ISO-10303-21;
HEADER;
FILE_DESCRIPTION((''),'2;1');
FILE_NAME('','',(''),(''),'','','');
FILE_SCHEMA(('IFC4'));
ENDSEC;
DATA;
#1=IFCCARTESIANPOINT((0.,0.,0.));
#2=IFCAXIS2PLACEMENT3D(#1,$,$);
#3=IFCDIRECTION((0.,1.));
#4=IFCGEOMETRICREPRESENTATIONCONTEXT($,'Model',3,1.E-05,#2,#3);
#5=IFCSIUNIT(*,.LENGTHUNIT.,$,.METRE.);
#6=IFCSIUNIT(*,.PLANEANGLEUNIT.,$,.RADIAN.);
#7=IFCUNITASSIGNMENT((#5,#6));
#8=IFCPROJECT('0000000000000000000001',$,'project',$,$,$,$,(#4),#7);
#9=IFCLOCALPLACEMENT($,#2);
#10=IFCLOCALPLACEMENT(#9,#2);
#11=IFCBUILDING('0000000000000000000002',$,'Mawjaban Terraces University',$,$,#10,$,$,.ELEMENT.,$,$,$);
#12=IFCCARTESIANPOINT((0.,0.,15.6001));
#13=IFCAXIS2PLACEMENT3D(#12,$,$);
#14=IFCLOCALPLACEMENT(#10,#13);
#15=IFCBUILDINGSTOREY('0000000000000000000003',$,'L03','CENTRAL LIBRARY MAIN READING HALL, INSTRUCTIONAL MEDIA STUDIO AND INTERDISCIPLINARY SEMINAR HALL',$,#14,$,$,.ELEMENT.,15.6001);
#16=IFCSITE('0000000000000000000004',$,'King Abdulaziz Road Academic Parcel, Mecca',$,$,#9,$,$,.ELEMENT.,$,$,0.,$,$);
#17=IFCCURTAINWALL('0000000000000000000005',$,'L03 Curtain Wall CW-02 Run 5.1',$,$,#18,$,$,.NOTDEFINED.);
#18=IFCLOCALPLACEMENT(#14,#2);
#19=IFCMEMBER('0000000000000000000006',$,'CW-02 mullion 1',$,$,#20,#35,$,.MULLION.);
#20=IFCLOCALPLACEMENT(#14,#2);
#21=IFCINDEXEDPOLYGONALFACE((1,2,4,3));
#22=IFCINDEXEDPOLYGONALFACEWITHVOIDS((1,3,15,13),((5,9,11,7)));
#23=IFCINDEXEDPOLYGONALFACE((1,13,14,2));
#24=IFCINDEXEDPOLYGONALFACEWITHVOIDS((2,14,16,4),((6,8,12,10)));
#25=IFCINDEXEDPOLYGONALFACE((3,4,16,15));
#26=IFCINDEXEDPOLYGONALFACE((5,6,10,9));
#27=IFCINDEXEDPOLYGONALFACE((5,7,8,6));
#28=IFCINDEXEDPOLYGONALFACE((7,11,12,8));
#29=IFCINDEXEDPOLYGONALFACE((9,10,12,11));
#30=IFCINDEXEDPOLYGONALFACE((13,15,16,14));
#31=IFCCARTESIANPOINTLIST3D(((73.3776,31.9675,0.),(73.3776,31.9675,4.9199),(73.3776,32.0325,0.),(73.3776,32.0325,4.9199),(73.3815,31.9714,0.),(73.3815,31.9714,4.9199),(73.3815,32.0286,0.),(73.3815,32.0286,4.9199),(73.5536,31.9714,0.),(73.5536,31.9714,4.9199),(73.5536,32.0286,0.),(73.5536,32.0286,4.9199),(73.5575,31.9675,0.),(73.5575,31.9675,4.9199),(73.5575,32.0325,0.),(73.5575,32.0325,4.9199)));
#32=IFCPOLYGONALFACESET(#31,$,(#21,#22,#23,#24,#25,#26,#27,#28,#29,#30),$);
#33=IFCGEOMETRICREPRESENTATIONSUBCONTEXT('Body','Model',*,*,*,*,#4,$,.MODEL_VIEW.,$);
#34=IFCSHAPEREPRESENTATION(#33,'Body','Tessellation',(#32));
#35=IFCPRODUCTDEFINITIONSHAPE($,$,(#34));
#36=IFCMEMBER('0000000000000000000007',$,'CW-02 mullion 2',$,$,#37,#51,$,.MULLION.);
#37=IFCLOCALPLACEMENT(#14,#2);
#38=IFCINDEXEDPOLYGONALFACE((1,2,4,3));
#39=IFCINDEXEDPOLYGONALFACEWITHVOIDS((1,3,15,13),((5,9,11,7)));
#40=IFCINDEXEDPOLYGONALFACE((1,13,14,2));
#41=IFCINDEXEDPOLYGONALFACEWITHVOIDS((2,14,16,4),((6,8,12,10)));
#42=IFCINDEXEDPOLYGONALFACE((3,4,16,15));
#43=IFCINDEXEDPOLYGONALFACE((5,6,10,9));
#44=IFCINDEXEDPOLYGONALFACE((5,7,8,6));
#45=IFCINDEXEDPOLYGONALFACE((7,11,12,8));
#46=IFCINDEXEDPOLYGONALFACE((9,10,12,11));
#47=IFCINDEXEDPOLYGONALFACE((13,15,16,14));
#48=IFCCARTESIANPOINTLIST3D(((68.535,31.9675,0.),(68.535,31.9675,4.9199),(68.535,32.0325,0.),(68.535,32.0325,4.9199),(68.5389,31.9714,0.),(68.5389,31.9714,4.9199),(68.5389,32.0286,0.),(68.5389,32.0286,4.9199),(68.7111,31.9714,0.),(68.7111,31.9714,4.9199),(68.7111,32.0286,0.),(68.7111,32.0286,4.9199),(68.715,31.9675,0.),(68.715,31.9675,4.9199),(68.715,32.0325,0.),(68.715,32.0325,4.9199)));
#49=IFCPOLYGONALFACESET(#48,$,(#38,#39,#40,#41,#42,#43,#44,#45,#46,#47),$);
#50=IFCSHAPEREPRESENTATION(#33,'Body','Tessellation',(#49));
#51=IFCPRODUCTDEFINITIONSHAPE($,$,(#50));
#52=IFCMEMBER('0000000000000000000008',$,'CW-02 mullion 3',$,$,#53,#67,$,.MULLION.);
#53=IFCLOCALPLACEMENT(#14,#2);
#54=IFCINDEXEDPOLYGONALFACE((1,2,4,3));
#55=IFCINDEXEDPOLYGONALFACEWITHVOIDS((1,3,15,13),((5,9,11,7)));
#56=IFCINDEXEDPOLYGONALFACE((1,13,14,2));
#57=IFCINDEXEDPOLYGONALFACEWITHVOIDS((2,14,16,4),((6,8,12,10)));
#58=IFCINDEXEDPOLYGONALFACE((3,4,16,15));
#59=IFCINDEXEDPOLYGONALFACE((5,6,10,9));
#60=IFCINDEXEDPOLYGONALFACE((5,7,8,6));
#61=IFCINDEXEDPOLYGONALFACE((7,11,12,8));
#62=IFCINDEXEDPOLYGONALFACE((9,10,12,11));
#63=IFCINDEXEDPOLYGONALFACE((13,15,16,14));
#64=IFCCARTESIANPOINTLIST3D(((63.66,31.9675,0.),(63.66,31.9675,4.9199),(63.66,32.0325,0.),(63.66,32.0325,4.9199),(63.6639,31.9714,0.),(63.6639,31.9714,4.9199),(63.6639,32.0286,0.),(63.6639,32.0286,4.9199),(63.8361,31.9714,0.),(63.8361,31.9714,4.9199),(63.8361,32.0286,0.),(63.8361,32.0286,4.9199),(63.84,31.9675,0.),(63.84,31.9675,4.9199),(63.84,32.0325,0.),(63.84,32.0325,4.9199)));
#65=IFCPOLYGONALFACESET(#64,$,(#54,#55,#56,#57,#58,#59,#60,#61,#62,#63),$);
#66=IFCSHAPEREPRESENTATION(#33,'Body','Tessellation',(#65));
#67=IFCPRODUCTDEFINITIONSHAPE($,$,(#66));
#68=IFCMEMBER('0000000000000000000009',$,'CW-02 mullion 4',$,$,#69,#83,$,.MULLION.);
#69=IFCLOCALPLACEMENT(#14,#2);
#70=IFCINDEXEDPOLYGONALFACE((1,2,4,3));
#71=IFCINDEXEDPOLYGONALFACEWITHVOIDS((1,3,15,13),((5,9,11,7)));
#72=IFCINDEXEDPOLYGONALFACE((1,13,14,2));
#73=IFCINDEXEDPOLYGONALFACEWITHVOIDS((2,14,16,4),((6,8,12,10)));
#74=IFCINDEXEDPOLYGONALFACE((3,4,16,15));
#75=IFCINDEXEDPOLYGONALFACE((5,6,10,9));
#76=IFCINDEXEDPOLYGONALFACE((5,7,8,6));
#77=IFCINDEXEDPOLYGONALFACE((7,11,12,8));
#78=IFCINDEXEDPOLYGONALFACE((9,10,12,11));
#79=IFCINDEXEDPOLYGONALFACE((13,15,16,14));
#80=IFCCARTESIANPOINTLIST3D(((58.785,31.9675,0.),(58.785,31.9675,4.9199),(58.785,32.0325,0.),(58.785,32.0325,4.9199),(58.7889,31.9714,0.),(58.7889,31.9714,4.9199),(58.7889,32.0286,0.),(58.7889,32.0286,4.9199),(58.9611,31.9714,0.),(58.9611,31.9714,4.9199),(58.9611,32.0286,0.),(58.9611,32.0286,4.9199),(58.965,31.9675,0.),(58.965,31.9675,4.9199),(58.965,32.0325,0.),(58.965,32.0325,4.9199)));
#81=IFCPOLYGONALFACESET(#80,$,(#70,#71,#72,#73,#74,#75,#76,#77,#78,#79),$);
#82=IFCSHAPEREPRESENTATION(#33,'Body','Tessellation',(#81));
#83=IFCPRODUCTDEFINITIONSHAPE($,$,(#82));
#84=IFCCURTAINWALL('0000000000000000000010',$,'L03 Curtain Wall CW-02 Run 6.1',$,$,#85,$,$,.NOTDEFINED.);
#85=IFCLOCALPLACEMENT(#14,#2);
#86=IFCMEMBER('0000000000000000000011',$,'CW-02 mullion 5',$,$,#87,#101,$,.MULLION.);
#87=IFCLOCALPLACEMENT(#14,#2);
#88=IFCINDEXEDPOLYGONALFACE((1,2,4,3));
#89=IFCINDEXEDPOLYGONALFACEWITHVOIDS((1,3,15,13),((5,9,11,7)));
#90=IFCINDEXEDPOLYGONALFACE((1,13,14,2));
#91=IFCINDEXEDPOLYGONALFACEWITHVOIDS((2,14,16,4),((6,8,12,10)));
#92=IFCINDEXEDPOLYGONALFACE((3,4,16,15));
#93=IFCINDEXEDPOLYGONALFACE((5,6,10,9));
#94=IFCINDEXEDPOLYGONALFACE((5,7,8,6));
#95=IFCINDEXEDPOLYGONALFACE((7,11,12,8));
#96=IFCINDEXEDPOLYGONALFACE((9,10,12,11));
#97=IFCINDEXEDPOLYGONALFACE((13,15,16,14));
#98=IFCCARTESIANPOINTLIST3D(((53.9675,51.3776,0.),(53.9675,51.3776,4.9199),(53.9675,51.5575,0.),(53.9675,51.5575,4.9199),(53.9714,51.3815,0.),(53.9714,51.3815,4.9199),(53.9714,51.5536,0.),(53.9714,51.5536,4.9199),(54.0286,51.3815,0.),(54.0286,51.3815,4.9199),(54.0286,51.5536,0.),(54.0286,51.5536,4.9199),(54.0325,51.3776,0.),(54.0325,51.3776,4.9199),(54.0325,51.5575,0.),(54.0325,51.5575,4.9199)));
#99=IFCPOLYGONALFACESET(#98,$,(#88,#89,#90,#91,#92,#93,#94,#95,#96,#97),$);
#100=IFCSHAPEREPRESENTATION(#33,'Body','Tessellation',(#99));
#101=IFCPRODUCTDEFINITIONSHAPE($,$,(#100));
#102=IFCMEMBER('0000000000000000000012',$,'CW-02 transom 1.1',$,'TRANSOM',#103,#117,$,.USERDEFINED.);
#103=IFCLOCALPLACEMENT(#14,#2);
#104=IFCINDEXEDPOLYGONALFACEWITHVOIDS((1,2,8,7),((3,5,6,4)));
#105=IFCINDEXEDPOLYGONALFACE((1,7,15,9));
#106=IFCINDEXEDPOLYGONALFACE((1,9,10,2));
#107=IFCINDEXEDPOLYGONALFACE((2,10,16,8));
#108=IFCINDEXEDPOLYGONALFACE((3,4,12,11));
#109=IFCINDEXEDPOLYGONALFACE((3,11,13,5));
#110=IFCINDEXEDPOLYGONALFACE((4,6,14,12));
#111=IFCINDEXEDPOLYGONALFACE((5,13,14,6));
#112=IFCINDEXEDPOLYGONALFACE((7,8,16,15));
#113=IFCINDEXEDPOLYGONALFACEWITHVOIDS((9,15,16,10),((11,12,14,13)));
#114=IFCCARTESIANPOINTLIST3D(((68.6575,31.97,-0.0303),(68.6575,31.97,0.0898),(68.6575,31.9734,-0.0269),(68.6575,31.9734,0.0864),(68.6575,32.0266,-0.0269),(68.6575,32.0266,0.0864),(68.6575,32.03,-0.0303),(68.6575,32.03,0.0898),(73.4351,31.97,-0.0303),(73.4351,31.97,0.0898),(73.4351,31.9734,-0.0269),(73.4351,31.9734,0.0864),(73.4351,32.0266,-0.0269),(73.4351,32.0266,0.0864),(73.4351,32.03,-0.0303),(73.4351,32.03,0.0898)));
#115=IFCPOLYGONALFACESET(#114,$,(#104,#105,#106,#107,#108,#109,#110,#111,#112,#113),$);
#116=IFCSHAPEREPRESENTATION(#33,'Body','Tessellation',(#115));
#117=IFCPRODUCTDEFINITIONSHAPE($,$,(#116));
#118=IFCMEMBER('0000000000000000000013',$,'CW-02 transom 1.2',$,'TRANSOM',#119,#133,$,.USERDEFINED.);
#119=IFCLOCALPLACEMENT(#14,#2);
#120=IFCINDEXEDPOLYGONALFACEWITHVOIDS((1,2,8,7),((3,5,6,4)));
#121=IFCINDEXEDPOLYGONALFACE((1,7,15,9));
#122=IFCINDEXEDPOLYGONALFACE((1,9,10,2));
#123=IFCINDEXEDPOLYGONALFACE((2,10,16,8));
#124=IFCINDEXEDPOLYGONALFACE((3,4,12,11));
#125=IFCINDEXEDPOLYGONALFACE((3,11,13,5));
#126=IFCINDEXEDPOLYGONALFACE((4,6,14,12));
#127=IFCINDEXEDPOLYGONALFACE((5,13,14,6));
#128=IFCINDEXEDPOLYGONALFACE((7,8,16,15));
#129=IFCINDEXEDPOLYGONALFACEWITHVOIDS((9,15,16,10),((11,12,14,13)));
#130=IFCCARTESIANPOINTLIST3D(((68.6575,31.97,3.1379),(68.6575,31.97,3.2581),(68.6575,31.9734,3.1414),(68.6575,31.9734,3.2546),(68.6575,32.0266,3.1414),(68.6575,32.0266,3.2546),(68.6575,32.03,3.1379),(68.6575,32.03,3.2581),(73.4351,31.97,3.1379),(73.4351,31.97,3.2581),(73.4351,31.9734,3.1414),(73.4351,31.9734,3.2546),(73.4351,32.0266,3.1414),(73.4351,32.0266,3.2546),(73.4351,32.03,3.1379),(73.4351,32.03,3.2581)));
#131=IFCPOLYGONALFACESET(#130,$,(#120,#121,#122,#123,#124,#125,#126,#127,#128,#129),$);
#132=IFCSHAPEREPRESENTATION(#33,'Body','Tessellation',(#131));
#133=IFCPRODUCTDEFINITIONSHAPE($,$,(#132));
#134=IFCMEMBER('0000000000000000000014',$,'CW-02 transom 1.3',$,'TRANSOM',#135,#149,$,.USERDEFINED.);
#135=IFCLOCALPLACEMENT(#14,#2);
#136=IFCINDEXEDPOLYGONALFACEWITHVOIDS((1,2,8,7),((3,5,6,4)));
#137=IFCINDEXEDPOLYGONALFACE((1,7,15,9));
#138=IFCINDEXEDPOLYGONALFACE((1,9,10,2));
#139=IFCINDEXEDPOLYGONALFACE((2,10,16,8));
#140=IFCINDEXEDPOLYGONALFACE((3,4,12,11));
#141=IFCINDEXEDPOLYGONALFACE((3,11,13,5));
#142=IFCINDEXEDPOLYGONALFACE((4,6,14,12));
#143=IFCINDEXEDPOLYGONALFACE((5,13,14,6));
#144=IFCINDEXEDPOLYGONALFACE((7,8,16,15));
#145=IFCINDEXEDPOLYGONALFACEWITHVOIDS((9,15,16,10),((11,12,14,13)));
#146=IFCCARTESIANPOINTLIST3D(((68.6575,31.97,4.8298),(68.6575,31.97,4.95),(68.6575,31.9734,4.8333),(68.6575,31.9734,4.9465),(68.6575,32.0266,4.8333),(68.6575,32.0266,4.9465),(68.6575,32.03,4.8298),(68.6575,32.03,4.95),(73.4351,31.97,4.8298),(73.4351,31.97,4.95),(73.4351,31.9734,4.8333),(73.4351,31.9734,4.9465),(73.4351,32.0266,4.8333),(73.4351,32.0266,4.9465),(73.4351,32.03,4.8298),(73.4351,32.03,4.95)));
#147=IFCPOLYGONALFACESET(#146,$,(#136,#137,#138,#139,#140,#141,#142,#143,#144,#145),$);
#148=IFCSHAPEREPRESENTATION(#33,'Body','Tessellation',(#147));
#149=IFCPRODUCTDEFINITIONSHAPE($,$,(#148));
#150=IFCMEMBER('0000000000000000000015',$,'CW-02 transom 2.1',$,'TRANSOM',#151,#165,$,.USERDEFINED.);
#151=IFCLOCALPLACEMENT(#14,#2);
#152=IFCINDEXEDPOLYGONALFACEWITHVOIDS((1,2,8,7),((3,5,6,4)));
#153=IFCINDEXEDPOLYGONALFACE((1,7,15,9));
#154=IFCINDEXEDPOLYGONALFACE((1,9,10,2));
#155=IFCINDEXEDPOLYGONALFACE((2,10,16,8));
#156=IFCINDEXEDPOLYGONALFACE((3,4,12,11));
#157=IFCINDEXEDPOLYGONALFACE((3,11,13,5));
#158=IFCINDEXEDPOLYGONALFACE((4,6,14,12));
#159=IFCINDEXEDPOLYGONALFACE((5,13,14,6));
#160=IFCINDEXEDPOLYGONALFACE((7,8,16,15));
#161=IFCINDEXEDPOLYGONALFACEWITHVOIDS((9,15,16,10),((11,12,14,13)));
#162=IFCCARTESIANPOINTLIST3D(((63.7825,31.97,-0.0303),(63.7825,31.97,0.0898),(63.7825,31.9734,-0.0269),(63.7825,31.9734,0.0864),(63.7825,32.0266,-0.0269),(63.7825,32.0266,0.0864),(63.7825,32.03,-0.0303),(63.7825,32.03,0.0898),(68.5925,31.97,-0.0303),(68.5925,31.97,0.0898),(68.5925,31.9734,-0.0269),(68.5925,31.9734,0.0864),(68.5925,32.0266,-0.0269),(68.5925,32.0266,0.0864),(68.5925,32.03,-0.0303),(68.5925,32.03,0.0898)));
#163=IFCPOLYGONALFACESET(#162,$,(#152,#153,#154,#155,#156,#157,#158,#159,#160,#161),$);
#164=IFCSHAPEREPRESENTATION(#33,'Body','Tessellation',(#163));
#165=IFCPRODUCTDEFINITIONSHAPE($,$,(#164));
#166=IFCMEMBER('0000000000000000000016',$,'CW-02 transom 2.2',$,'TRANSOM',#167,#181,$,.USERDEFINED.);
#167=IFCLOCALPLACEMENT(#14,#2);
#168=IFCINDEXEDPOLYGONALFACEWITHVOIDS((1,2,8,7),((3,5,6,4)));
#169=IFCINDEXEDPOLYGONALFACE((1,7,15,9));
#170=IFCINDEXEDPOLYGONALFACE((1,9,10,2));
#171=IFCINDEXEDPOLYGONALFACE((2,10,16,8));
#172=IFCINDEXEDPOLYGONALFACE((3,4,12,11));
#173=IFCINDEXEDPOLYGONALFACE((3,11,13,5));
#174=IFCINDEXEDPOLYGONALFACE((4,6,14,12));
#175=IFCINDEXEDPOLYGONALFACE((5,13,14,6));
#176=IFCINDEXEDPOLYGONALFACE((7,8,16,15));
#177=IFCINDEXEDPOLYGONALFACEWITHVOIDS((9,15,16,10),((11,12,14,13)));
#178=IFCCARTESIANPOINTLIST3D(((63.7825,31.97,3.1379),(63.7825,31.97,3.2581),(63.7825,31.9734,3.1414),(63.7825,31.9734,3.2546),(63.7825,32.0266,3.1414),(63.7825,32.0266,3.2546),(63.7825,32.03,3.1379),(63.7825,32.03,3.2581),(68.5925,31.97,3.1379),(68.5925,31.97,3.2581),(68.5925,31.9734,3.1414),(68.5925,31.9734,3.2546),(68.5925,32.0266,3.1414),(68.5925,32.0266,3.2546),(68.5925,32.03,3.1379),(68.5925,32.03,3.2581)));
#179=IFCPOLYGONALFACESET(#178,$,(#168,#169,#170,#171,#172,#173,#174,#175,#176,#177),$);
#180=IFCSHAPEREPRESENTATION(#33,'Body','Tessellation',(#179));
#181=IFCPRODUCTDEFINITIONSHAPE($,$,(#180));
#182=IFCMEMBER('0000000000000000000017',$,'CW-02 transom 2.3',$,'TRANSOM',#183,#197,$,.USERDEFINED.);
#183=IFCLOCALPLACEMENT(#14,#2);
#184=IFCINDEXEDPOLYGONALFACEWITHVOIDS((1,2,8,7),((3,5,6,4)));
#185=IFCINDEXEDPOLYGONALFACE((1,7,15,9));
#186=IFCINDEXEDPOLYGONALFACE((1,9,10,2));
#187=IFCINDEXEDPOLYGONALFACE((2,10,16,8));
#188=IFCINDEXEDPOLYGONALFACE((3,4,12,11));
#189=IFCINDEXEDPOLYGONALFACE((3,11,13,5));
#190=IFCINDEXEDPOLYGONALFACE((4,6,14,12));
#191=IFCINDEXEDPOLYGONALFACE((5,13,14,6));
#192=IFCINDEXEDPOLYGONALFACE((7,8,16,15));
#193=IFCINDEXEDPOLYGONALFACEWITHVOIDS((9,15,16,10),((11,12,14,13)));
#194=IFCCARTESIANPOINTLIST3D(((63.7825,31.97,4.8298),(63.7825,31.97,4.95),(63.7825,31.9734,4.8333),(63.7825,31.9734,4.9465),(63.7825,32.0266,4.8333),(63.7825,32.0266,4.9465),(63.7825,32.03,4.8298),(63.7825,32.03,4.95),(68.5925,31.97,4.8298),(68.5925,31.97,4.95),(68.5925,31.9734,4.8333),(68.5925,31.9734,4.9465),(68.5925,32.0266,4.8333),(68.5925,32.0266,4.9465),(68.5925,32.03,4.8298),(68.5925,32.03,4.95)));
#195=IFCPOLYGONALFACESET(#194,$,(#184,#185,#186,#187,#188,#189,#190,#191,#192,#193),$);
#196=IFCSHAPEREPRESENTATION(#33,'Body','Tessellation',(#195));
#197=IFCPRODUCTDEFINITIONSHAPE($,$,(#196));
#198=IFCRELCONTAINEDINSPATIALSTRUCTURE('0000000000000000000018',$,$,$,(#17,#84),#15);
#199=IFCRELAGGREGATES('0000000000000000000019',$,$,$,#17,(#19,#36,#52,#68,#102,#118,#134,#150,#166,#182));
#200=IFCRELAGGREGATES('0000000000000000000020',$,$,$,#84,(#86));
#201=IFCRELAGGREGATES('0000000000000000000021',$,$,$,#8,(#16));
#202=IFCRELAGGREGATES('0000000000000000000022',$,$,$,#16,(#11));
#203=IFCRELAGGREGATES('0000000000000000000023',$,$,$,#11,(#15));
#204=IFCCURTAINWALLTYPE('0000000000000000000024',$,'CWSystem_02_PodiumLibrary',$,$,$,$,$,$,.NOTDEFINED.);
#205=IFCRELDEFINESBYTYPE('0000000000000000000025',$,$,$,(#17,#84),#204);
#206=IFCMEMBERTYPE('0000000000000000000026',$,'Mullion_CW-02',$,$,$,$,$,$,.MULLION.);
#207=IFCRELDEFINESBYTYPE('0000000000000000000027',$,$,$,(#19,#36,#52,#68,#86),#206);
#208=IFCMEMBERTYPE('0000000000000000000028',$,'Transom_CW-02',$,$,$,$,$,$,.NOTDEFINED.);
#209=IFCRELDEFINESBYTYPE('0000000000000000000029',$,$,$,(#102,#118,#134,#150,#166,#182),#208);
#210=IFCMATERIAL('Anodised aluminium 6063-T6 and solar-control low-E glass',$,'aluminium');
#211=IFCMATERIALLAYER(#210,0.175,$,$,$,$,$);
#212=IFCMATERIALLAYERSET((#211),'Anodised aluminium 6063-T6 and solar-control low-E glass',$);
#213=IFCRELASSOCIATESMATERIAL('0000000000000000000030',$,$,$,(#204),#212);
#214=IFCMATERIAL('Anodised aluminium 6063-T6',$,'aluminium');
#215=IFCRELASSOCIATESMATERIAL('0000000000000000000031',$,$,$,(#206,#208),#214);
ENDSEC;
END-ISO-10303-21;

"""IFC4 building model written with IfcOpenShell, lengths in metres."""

from ifc_helpers import new_model, si_unit, direction, frame, origin, origin_2d, place, context, subcontext, project, spatial, hollow_rectangle, extrude, material, layer, layer_set, material_profile, profile_set, type_object, element, aggregate, save


model = new_model("IFC4")

# Units and contexts
model_context = context("Model", 3, precision=1e-05, world=origin(), true_north=direction((0.0, 1.0)))
body_context = subcontext(model_context, "Body", "Model", "MODEL_VIEW")
ifc_project = project(units=[si_unit("LENGTHUNIT", "METRE"), si_unit("PLANEANGLEUNIT", "RADIAN")], contexts=[model_context])

# Site, building, storey
site_placement = place(None, origin())
site = spatial("IfcSite", under=ifc_project, at=site_placement, Name="King Abdulaziz Road Academic Parcel, Mecca", CompositionType="ELEMENT", RefElevation=0.0)
building_placement = place(site_placement, origin())
building = spatial("IfcBuilding", under=site, at=building_placement, Name="Mawjaban Terraces University", CompositionType="ELEMENT")
storey_placement = place(building_placement, frame((0.0, 0.0, 15.6001)))
storey = spatial("IfcBuildingStorey", under=building, at=storey_placement, Name="L03", Description="CENTRAL LIBRARY MAIN READING HALL, INSTRUCTIONAL MEDIA STUDIO AND INTERDISCIPLINARY SEMINAR HALL", CompositionType="ELEMENT", Elevation=15.6001)

# Curtain wall, members
ifc_material_1 = material(Name="Anodised aluminium 6063-T6 and solar-control low-E glass", Category="aluminium")
ifc_layer_1 = layer(ifc_material_1, 0.175)
ifc_layer_set_1 = layer_set([ifc_layer_1], Name="Anodised aluminium 6063-T6 and solar-control low-E glass")
curtain_wall_type = type_object("IfcCurtainWallType", Name="CWSystem_02_PodiumLibrary", PredefinedType="NOTDEFINED", material=ifc_layer_set_1)
curtain_wall_1_placement = place(storey_placement, origin())
curtain_wall_1 = element("IfcCurtainWall", 1, at=curtain_wall_1_placement, inside=storey, type_object=curtain_wall_type, Name="L03 Curtain Wall CW-02 Run 5.1", PredefinedType="NOTDEFINED")
ifc_material_2 = material(Name="Anodised aluminium 6063-T6", Category="aluminium")
ifc_material_profile_1 = material_profile(ifc_material_2, hollow_rectangle(XDim=0.0649, YDim=0.1799, WallThickness=0.0039, at=origin_2d()), Name="ALU180X65X4")
ifc_profile_set_1 = profile_set([ifc_material_profile_1], Name="Anodised aluminium 6063-T6")
member_type_1 = type_object("IfcMemberType", Name="Mullion_CW-02", PredefinedType="MULLION", material=ifc_profile_set_1)
member_1_placement = place(storey_placement, frame((73.4675, 32.0, 0.0), z_axis=(0.0, 0.0, 1.0), x_axis=(0.0, -1.0, 0.0)))
member_1 = element("IfcMember", 2, at=member_1_placement, type_object=member_type_1, Name="CW-02 mullion 1", PredefinedType="MULLION", context=body_context, shape_type="SweptSolid", body=[
    extrude(hollow_rectangle(XDim=0.0649, YDim=0.1799, WallThickness=0.0039, at=origin_2d()), origin(), (0.0, 0.0, 1.0), 4.9199),
])
member_2_placement = place(storey_placement, frame((68.625, 32.0, 0.0), z_axis=(0.0, 0.0, 1.0), x_axis=(0.0, -1.0, 0.0)))
member_2 = element("IfcMember", 3, at=member_2_placement, type_object=member_type_1, Name="CW-02 mullion 2", PredefinedType="MULLION", context=body_context, shape_type="SweptSolid", body=[
    extrude(hollow_rectangle(XDim=0.0649, YDim=0.1799, WallThickness=0.0039, at=origin_2d()), origin(), (0.0, 0.0, 1.0), 4.9199),
])
member_3_placement = place(storey_placement, frame((63.75, 32.0, 0.0), z_axis=(0.0, 0.0, 1.0), x_axis=(0.0, -1.0, 0.0)))
member_3 = element("IfcMember", 4, at=member_3_placement, type_object=member_type_1, Name="CW-02 mullion 3", PredefinedType="MULLION", context=body_context, shape_type="SweptSolid", body=[
    extrude(hollow_rectangle(XDim=0.0649, YDim=0.1799, WallThickness=0.0039, at=origin_2d()), origin(), (0.0, 0.0, 1.0), 4.9199),
])
member_4_placement = place(storey_placement, frame((58.875, 32.0, 0.0), z_axis=(0.0, 0.0, 1.0), x_axis=(0.0, -1.0, 0.0)))
member_4 = element("IfcMember", 5, at=member_4_placement, type_object=member_type_1, Name="CW-02 mullion 4", PredefinedType="MULLION", context=body_context, shape_type="SweptSolid", body=[
    extrude(hollow_rectangle(XDim=0.0649, YDim=0.1799, WallThickness=0.0039, at=origin_2d()), origin(), (0.0, 0.0, 1.0), 4.9199),
])

# Curtain wall, member
curtain_wall_2_placement = place(storey_placement, origin())
curtain_wall_2 = element("IfcCurtainWall", 6, at=curtain_wall_2_placement, inside=storey, type_object=curtain_wall_type, Name="L03 Curtain Wall CW-02 Run 6.1", PredefinedType="NOTDEFINED")
member_5_placement = place(storey_placement, frame((54.0, 51.4675, 0.0), z_axis=(0.0, 0.0, 1.0), x_axis=(-1.0, 0.0, 0.0)))
member_5 = element("IfcMember", 7, at=member_5_placement, type_object=member_type_1, Name="CW-02 mullion 5", PredefinedType="MULLION", context=body_context, shape_type="SweptSolid", body=[
    extrude(hollow_rectangle(XDim=0.0649, YDim=0.1799, WallThickness=0.0039, at=origin_2d()), origin(), (0.0, 0.0, 1.0), 4.9199),
])

# Members
ifc_material_profile_2 = material_profile(ifc_material_2, hollow_rectangle(XDim=0.0601, YDim=0.1201, WallThickness=0.0034, at=origin_2d()), Name="ALU120X60X3.5")
ifc_profile_set_2 = profile_set([ifc_material_profile_2], Name="Anodised aluminium 6063-T6")
member_type_2 = type_object("IfcMemberType", Name="Transom_CW-02", PredefinedType="NOTDEFINED", material=ifc_profile_set_2)
member_6_placement = place(storey_placement, frame((73.4351, 32.0, 0.0298), z_axis=(-1.0, 0.0, 0.0), x_axis=(0.0, -1.0, 0.0)))
member_6 = element("IfcMember", 8, at=member_6_placement, type_object=member_type_2, Name="CW-02 transom 1.1", ObjectType="TRANSOM", PredefinedType="USERDEFINED", context=body_context, shape_type="SweptSolid", body=[
    extrude(hollow_rectangle(XDim=0.0601, YDim=0.1201, WallThickness=0.0034, at=origin_2d()), origin(), (0.0, 0.0, 1.0), 4.7776),
])
member_7_placement = place(storey_placement, frame((73.4351, 32.0, 3.198), z_axis=(-1.0, 0.0, 0.0), x_axis=(0.0, -1.0, 0.0)))
member_7 = element("IfcMember", 9, at=member_7_placement, type_object=member_type_2, Name="CW-02 transom 1.2", ObjectType="TRANSOM", PredefinedType="USERDEFINED", context=body_context, shape_type="SweptSolid", body=[
    extrude(hollow_rectangle(XDim=0.0601, YDim=0.1201, WallThickness=0.0034, at=origin_2d()), origin(), (0.0, 0.0, 1.0), 4.7776),
])
member_8_placement = place(storey_placement, frame((73.4351, 32.0, 4.8899), z_axis=(-1.0, 0.0, 0.0), x_axis=(0.0, -1.0, 0.0)))
member_8 = element("IfcMember", 10, at=member_8_placement, type_object=member_type_2, Name="CW-02 transom 1.3", ObjectType="TRANSOM", PredefinedType="USERDEFINED", context=body_context, shape_type="SweptSolid", body=[
    extrude(hollow_rectangle(XDim=0.0601, YDim=0.1201, WallThickness=0.0034, at=origin_2d()), origin(), (0.0, 0.0, 1.0), 4.7776),
])
member_9_placement = place(storey_placement, frame((68.5925, 32.0, 0.0298), z_axis=(-1.0, 0.0, 0.0), x_axis=(0.0, -1.0, 0.0)))
member_9 = element("IfcMember", 11, at=member_9_placement, type_object=member_type_2, Name="CW-02 transom 2.1", ObjectType="TRANSOM", PredefinedType="USERDEFINED", context=body_context, shape_type="SweptSolid", body=[
    extrude(hollow_rectangle(XDim=0.0601, YDim=0.1201, WallThickness=0.0034, at=origin_2d()), origin(), (0.0, 0.0, 1.0), 4.8101),
])
member_10_placement = place(storey_placement, frame((68.5925, 32.0, 3.198), z_axis=(-1.0, 0.0, 0.0), x_axis=(0.0, -1.0, 0.0)))
member_10 = element("IfcMember", 12, at=member_10_placement, type_object=member_type_2, Name="CW-02 transom 2.2", ObjectType="TRANSOM", PredefinedType="USERDEFINED", context=body_context, shape_type="SweptSolid", body=[
    extrude(hollow_rectangle(XDim=0.0601, YDim=0.1201, WallThickness=0.0034, at=origin_2d()), origin(), (0.0, 0.0, 1.0), 4.8101),
])
member_11_placement = place(storey_placement, frame((68.5925, 32.0, 4.8899), z_axis=(-1.0, 0.0, 0.0), x_axis=(0.0, -1.0, 0.0)))
member_11 = element("IfcMember", 13, at=member_11_placement, type_object=member_type_2, Name="CW-02 transom 2.3", ObjectType="TRANSOM", PredefinedType="USERDEFINED", context=body_context, shape_type="SweptSolid", body=[
    extrude(hollow_rectangle(XDim=0.0601, YDim=0.1201, WallThickness=0.0034, at=origin_2d()), origin(), (0.0, 0.0, 1.0), 4.8101),
])

aggregate(curtain_wall_1, [member_1, member_2, member_3, member_4, member_6, member_7, member_8, member_9, member_10, member_11])
aggregate(curtain_wall_2, [member_5])

save(model, "model.ifc")
